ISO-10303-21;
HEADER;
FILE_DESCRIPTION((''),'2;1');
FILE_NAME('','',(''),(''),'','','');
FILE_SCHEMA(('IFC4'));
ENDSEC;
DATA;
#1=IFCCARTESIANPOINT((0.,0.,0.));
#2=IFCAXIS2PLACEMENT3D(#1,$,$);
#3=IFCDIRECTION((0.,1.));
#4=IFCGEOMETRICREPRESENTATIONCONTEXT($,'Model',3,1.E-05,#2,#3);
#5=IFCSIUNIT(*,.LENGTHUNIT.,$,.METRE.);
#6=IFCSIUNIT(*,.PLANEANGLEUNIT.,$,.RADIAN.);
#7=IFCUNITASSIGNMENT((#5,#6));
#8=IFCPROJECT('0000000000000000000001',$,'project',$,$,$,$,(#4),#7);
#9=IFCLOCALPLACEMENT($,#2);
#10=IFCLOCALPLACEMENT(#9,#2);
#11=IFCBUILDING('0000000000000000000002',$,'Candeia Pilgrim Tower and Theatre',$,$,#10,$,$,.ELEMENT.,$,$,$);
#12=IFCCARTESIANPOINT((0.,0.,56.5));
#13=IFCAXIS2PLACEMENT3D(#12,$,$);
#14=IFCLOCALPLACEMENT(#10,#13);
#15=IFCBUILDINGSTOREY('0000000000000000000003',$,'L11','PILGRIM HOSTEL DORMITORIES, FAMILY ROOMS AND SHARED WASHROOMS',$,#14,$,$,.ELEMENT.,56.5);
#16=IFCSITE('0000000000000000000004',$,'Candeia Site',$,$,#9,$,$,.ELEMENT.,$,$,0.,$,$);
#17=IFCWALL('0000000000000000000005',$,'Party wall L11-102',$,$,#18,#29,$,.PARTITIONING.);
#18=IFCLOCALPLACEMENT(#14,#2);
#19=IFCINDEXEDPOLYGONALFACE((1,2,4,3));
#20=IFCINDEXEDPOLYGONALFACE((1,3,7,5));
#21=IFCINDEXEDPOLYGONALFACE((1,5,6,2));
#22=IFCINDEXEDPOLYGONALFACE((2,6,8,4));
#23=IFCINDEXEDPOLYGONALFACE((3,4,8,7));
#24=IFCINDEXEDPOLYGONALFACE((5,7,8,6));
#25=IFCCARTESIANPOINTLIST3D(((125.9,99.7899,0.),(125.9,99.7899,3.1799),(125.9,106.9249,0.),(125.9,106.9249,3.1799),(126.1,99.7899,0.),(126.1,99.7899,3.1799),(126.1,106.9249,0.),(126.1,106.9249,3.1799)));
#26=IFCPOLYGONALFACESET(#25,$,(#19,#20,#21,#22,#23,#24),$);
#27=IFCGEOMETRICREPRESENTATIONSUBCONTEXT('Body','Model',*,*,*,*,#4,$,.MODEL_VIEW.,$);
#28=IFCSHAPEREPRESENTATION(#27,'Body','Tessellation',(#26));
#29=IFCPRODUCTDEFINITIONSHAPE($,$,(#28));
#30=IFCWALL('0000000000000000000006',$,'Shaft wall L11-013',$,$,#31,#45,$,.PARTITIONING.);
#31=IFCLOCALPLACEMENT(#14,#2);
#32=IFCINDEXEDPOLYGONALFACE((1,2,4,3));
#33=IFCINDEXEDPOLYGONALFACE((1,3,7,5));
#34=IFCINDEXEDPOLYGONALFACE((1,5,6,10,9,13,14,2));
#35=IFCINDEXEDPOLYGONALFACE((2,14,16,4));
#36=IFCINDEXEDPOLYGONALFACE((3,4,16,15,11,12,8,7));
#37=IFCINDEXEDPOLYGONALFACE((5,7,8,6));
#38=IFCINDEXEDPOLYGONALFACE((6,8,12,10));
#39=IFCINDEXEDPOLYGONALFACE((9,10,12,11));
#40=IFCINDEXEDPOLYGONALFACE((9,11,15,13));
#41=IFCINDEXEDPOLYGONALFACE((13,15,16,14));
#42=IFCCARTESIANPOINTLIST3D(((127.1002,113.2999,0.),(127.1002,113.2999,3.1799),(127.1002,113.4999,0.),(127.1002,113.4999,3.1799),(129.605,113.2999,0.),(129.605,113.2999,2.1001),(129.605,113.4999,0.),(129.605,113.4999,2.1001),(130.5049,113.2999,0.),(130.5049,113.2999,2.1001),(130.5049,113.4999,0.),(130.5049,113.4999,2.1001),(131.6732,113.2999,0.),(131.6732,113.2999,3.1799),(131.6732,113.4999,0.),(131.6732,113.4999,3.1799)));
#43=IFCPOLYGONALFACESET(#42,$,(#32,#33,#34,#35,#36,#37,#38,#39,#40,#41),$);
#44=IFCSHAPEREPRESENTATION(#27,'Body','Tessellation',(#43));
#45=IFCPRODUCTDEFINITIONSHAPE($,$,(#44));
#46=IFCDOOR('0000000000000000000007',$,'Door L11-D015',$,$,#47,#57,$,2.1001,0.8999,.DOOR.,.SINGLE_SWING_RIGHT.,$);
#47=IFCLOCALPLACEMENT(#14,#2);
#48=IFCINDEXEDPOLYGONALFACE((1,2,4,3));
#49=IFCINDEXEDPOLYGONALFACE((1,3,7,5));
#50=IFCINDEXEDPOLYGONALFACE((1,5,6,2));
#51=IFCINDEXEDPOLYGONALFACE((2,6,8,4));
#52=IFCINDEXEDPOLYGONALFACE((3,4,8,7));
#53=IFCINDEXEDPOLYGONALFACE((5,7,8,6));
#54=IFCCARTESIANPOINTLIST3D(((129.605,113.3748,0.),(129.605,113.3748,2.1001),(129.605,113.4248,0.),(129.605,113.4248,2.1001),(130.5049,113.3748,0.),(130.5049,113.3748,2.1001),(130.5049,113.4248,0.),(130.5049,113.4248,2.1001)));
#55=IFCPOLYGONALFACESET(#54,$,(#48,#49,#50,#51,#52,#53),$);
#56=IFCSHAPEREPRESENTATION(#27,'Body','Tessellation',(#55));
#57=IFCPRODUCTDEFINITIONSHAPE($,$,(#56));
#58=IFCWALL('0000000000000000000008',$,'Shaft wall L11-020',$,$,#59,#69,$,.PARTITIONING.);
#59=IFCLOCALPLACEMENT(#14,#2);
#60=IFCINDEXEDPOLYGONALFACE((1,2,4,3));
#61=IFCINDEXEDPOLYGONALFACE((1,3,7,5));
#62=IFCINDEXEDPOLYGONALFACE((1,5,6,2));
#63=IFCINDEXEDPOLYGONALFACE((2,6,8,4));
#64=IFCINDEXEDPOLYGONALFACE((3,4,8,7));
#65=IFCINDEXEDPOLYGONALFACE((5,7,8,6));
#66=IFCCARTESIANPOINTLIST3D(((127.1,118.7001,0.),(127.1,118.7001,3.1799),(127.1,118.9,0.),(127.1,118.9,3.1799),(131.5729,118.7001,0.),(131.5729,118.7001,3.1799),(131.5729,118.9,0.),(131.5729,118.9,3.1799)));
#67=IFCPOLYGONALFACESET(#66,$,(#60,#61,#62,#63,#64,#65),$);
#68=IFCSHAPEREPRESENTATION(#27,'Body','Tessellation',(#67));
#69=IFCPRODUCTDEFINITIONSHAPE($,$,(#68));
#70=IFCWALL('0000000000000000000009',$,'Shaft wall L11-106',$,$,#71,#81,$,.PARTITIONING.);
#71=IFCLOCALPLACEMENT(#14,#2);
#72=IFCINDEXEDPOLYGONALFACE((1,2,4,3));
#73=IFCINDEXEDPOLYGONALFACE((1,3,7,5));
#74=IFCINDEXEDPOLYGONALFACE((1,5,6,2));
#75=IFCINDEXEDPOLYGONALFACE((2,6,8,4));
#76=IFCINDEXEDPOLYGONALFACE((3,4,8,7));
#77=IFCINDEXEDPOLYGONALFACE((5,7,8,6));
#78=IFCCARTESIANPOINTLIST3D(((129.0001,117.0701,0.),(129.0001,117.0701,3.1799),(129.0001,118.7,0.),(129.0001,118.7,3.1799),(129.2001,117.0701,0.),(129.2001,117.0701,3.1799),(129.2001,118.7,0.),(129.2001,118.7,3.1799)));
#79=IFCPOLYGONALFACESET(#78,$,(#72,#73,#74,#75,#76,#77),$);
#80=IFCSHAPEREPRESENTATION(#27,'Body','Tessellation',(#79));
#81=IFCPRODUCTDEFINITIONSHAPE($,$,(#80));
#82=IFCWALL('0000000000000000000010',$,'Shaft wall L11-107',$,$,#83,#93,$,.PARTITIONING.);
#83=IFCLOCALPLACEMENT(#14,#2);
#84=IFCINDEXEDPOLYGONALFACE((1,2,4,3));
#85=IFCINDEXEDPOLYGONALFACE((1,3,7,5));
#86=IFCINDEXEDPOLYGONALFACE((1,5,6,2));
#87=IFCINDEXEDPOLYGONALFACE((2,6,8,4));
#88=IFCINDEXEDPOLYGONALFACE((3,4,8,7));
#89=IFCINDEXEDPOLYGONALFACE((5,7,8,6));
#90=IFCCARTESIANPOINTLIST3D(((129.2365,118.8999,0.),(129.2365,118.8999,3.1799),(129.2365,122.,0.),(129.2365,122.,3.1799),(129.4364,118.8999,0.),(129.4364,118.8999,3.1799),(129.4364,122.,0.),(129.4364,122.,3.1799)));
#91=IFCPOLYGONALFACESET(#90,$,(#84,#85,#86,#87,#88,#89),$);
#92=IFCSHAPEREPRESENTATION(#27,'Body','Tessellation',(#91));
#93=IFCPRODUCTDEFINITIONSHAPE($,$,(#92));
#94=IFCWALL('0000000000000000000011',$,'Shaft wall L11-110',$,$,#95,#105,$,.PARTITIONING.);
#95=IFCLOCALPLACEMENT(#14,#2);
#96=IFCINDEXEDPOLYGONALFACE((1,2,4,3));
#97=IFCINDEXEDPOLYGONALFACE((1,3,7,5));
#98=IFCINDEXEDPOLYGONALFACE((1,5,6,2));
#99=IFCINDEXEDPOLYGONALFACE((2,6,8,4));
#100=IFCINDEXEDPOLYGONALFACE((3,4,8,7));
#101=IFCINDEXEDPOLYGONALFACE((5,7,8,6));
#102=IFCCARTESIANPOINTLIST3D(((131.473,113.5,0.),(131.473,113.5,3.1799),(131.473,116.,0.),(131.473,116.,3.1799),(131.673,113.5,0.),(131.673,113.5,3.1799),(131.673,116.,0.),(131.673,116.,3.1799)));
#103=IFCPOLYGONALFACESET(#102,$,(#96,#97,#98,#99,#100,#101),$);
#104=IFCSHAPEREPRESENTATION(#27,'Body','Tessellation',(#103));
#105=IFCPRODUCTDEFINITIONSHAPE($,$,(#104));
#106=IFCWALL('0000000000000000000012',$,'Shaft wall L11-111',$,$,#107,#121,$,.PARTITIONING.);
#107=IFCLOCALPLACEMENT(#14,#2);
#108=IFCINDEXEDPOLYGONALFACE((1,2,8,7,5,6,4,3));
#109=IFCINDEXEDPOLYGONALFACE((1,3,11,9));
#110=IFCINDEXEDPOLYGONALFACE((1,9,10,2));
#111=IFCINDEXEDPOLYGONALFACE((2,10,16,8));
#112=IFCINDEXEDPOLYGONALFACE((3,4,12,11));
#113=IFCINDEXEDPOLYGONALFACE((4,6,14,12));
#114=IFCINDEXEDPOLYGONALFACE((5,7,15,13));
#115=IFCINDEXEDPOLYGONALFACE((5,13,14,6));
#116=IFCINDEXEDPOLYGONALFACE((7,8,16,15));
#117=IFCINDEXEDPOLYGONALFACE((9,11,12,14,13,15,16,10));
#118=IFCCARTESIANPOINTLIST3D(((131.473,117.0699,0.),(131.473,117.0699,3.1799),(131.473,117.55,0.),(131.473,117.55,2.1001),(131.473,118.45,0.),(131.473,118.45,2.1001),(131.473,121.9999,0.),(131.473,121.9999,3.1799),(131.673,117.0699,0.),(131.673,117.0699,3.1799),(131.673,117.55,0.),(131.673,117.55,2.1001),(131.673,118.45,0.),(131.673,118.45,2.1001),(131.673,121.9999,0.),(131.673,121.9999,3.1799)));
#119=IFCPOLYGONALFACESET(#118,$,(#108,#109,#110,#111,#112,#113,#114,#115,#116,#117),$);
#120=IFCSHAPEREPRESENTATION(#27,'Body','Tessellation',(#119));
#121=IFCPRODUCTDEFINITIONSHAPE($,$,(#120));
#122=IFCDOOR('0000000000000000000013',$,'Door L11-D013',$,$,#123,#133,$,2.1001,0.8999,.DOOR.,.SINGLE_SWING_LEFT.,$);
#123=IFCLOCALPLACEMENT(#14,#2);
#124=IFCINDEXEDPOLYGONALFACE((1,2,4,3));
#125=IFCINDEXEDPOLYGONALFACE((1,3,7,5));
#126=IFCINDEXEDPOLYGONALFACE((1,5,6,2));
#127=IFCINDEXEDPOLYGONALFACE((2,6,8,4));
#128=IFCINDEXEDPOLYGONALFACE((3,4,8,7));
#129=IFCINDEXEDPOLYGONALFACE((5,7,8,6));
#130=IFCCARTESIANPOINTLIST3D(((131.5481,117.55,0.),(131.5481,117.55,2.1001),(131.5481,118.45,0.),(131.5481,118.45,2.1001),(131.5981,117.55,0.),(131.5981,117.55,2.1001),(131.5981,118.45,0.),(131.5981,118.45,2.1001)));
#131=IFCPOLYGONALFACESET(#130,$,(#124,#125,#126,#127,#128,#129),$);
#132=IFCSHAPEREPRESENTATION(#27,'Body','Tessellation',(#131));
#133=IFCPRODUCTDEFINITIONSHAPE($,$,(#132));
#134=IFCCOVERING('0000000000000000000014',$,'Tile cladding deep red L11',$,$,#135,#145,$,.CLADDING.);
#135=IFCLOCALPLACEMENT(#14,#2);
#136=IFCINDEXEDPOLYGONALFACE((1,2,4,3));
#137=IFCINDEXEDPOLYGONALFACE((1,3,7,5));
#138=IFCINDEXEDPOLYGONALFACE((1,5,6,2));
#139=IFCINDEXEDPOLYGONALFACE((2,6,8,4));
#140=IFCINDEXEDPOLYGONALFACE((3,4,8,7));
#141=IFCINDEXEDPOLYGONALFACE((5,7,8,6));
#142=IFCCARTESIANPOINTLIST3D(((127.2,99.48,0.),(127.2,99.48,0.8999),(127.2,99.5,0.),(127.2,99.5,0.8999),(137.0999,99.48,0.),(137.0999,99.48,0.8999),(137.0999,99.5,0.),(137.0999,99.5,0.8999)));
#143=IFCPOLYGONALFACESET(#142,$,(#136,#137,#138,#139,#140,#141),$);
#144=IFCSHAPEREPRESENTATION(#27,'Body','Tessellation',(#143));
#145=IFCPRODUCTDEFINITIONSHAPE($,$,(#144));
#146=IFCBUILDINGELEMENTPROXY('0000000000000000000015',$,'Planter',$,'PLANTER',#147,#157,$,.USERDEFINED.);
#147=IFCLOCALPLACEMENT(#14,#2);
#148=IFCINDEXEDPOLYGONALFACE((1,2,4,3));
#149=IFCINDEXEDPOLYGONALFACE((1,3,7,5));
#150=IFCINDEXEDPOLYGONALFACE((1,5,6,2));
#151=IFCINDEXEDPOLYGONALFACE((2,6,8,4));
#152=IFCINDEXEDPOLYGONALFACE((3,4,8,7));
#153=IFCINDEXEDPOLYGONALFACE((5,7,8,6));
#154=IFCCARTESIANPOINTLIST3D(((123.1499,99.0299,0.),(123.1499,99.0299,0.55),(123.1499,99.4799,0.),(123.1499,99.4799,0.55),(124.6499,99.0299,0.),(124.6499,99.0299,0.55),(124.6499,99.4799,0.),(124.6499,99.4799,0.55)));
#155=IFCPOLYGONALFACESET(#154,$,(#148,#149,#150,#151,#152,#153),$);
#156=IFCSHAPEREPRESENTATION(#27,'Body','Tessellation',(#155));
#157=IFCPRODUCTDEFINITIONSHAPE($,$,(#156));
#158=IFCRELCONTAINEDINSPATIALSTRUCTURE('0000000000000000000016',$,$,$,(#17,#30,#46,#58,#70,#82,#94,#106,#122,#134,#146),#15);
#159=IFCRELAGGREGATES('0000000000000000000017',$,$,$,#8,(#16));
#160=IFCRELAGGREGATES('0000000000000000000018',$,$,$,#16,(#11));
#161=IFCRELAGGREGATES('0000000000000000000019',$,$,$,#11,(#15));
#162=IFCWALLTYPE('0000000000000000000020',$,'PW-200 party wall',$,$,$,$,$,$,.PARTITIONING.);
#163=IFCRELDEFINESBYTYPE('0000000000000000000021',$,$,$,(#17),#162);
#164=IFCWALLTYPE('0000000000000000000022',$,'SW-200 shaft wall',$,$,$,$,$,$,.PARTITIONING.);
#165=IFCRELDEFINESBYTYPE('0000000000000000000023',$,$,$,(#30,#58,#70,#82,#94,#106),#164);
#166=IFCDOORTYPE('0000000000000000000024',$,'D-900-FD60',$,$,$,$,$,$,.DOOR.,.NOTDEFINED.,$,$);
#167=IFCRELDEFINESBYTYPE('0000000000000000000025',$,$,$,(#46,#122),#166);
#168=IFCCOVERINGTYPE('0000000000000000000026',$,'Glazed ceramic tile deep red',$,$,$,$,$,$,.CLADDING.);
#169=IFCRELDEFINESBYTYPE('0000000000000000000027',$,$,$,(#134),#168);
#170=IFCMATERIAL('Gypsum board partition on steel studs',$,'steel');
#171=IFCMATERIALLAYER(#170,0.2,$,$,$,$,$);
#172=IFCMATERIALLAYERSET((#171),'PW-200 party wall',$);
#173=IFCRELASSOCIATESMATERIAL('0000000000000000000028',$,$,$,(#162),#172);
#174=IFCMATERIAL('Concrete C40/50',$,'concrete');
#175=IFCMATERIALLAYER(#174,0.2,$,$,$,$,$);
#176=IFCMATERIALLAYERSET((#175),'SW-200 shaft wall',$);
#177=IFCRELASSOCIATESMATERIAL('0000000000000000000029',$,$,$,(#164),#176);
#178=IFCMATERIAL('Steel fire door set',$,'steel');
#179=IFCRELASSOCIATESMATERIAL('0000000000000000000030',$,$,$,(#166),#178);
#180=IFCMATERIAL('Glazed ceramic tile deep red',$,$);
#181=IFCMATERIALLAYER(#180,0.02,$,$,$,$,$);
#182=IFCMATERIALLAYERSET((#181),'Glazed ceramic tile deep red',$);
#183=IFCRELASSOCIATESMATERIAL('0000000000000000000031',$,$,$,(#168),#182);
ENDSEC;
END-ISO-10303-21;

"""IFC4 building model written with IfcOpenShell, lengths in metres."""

from ifc_helpers import new_model, si_unit, direction, frame, frame_2d, origin, origin_2d, place, context, subcontext, project, spatial, rectangle, extrude, material, layer, layer_set, type_object, element, fill, save


model = new_model("IFC4")

# Units and contexts
model_context = context("Model", 3, precision=1e-05, world=origin(), true_north=direction((0.0, 1.0)))
body_context = subcontext(model_context, "Body", "Model", "MODEL_VIEW")
ifc_project = project(units=[si_unit("LENGTHUNIT", "METRE"), si_unit("PLANEANGLEUNIT", "RADIAN")], contexts=[model_context])

# Site, building, storey
site_placement = place(None, origin())
site = spatial("IfcSite", under=ifc_project, at=site_placement, Name="Candeia Site", CompositionType="ELEMENT", RefElevation=0.0)
building_placement = place(site_placement, origin())
building = spatial("IfcBuilding", under=site, at=building_placement, Name="Candeia Pilgrim Tower and Theatre", CompositionType="ELEMENT")
storey_placement = place(building_placement, frame((0.0, 0.0, 56.5)))
storey = spatial("IfcBuildingStorey", under=building, at=storey_placement, Name="L11", Description="PILGRIM HOSTEL DORMITORIES, FAMILY ROOMS AND SHARED WASHROOMS", CompositionType="ELEMENT", Elevation=56.5)

# Shared definitions
ifc_material_1 = material(Name="Steel fire door set", Category="steel")

# Shared definitions
ifc_material_2 = material(Name="Gypsum board partition on steel studs", Category="steel")

# Wall
ifc_layer_1 = layer(ifc_material_2, 0.2)
ifc_layer_set_1 = layer_set([ifc_layer_1], Name="PW-200 party wall")
wall_type_1 = type_object("IfcWallType", Name="PW-200 party wall", PredefinedType="PARTITIONING", material=ifc_layer_set_1)
wall_1_placement = place(storey_placement, frame((126.0, 99.79, 0.0), z_axis=(0.0, 0.0, 1.0), x_axis=(0.0, 1.0, 0.0)))
element("IfcWall", 1, at=wall_1_placement, inside=storey, type_object=wall_type_1, Name="Party wall L11-102", PredefinedType="PARTITIONING", context=body_context, shape_type="SweptSolid", body=[
    extrude(rectangle(XDim=7.135, YDim=0.2, at=frame_2d((3.5674, 0.0))), origin(), (0.0, 0.0, 1.0), 3.1799),
])

# Wall, opening, door
ifc_material_3 = material(Name="Concrete C40/50", Category="concrete")
ifc_layer_2 = layer(ifc_material_3, 0.2)
ifc_layer_set_2 = layer_set([ifc_layer_2], Name="SW-200 shaft wall")
wall_type_2 = type_object("IfcWallType", Name="SW-200 shaft wall", PredefinedType="PARTITIONING", material=ifc_layer_set_2)
wall_2_placement = place(storey_placement, frame((127.1001, 113.3999, 0.0), z_axis=(0.0, 0.0, 1.0), x_axis=(1.0, 0.0, 0.0)))
wall_2 = element("IfcWall", 2, at=wall_2_placement, inside=storey, type_object=wall_type_2, Name="Shaft wall L11-013", PredefinedType="PARTITIONING", context=body_context, shape_type="SweptSolid", body=[
    extrude(rectangle(XDim=4.573, YDim=0.2, at=frame_2d((2.2866, 0.0))), origin(), (0.0, 0.0, 1.0), 3.1799),
])
opening_1_placement = place(wall_2_placement, frame((2.5049, 0.0, 0.0)))
opening_1 = element("IfcOpeningElement", 3, at=opening_1_placement, cuts=wall_2, PredefinedType="OPENING", context=body_context, shape_type="SweptSolid", body=[
    extrude(rectangle(XDim=0.8999, YDim=2.1001, at=frame_2d((0.45, 1.05))), frame((0.0, 0.1099, 0.0), z_axis=(0.0, -1.0, 0.0), x_axis=(1.0, 0.0, 0.0)), (0.0, 0.0, 1.0), 0.22),
])
door_type_1 = type_object("IfcDoorType", Name="D-900-FD60", OperationType="NOTDEFINED", PredefinedType="DOOR", material=ifc_material_1)
door_1_placement = place(opening_1_placement, origin())
door_1 = element("IfcDoor", 4, at=door_1_placement, inside=storey, type_object=door_type_1, Name="Door L11-D015", OperationType="SINGLE_SWING_RIGHT", OverallHeight=2.1001, OverallWidth=0.8999, PredefinedType="DOOR", context=body_context, shape_type="SweptSolid", body=[
    extrude(rectangle(XDim=0.8999, YDim=2.1001, at=frame_2d((0.45, 1.05))), frame((0.0, 0.0249, 0.0), z_axis=(0.0, -1.0, 0.0), x_axis=(1.0, 0.0, 0.0)), (0.0, 0.0, 1.0), 0.05),
])
fill(opening_1, door_1)

# Walls
wall_3_placement = place(storey_placement, frame((127.1001, 118.8, 0.0), z_axis=(0.0, 0.0, 1.0), x_axis=(1.0, 0.0, 0.0)))
element("IfcWall", 5, at=wall_3_placement, inside=storey, type_object=wall_type_2, Name="Shaft wall L11-020", PredefinedType="PARTITIONING", context=body_context, shape_type="SweptSolid", body=[
    extrude(rectangle(XDim=4.4729, YDim=0.2, at=frame_2d((2.2363, 0.0))), origin(), (0.0, 0.0, 1.0), 3.1799),
])
wall_4_placement = place(storey_placement, frame((129.1001, 117.0701, 0.0), z_axis=(0.0, 0.0, 1.0), x_axis=(0.0, 1.0, 0.0)))
element("IfcWall", 6, at=wall_4_placement, inside=storey, type_object=wall_type_2, Name="Shaft wall L11-106", PredefinedType="PARTITIONING", context=body_context, shape_type="SweptSolid", body=[
    extrude(rectangle(XDim=1.6299, YDim=0.2, at=frame_2d((0.8149, 0.0))), origin(), (0.0, 0.0, 1.0), 3.1799),
])
wall_5_placement = place(storey_placement, frame((129.3364, 118.8999, 0.0), z_axis=(0.0, 0.0, 1.0), x_axis=(0.0, 1.0, 0.0)))
element("IfcWall", 7, at=wall_5_placement, inside=storey, type_object=wall_type_2, Name="Shaft wall L11-107", PredefinedType="PARTITIONING", context=body_context, shape_type="SweptSolid", body=[
    extrude(rectangle(XDim=3.1001, YDim=0.2, at=frame_2d((1.55, 0.0))), origin(), (0.0, 0.0, 1.0), 3.1799),
])
wall_6_placement = place(storey_placement, frame((131.573, 113.5, 0.0), z_axis=(0.0, 0.0, 1.0), x_axis=(0.0, 1.0, 0.0)))
element("IfcWall", 8, at=wall_6_placement, inside=storey, type_object=wall_type_2, Name="Shaft wall L11-110", PredefinedType="PARTITIONING", context=body_context, shape_type="SweptSolid", body=[
    extrude(rectangle(XDim=2.5, YDim=0.2, at=frame_2d((1.25, 0.0))), origin(), (0.0, 0.0, 1.0), 3.1799),
])

# Wall, opening, door
wall_7_placement = place(storey_placement, frame((131.573, 117.0701, 0.0), z_axis=(0.0, 0.0, 1.0), x_axis=(0.0, 1.0, 0.0)))
wall_7 = element("IfcWall", 9, at=wall_7_placement, inside=storey, type_object=wall_type_2, Name="Shaft wall L11-111", PredefinedType="PARTITIONING", context=body_context, shape_type="SweptSolid", body=[
    extrude(rectangle(XDim=4.9299, YDim=0.2, at=frame_2d((2.4648, 0.0))), origin(), (0.0, 0.0, 1.0), 3.1799),
])
opening_2_placement = place(wall_7_placement, frame((0.48, 0.0, 0.0)))
opening_2 = element("IfcOpeningElement", 10, at=opening_2_placement, cuts=wall_7, PredefinedType="OPENING", context=body_context, shape_type="SweptSolid", body=[
    extrude(rectangle(XDim=0.8999, YDim=2.1001, at=frame_2d((0.45, 1.05))), frame((0.0, 0.1099, 0.0), z_axis=(0.0, -1.0, 0.0), x_axis=(1.0, 0.0, 0.0)), (0.0, 0.0, 1.0), 0.22),
])
door_2_placement = place(opening_2_placement, origin())
door_2 = element("IfcDoor", 11, at=door_2_placement, inside=storey, type_object=door_type_1, Name="Door L11-D013", OperationType="SINGLE_SWING_LEFT", OverallHeight=2.1001, OverallWidth=0.8999, PredefinedType="DOOR", context=body_context, shape_type="SweptSolid", body=[
    extrude(rectangle(XDim=0.8999, YDim=2.1001, at=frame_2d((0.45, 1.05))), frame((0.0, 0.0249, 0.0), z_axis=(0.0, -1.0, 0.0), x_axis=(1.0, 0.0, 0.0)), (0.0, 0.0, 1.0), 0.05),
])
fill(opening_2, door_2)

# Covering
ifc_material_4 = material(Name="Glazed ceramic tile deep red")
ifc_layer_3 = layer(ifc_material_4, 0.02)
ifc_layer_set_3 = layer_set([ifc_layer_3], Name="Glazed ceramic tile deep red")
covering_type = type_object("IfcCoveringType", Name="Glazed ceramic tile deep red", PredefinedType="CLADDING", material=ifc_layer_set_3)
covering_placement = place(storey_placement, frame((132.1499, 99.49, 0.0), z_axis=(0.0, 0.0, 1.0), x_axis=(1.0, 0.0, 0.0)))
element("IfcCovering", 12, at=covering_placement, inside=storey, type_object=covering_type, Name="Tile cladding deep red L11", PredefinedType="CLADDING", context=body_context, shape_type="SweptSolid", body=[
    extrude(rectangle(XDim=9.8999, YDim=0.02, at=origin_2d()), origin(), (0.0, 0.0, 1.0), 0.8999),
])

# Building element proxy
proxy_placement = place(storey_placement, frame((123.8999, 99.2549, 0.0), z_axis=(0.0, 0.0, 1.0), x_axis=(1.0, 0.0, 0.0)))
element("IfcBuildingElementProxy", 13, at=proxy_placement, inside=storey, Name="Planter", ObjectType="PLANTER", PredefinedType="USERDEFINED", context=body_context, shape_type="SweptSolid", body=[
    extrude(rectangle(XDim=1.5, YDim=0.45, at=origin_2d()), origin(), (0.0, 0.0, 1.0), 0.55),
])

save(model, "model.ifc")
